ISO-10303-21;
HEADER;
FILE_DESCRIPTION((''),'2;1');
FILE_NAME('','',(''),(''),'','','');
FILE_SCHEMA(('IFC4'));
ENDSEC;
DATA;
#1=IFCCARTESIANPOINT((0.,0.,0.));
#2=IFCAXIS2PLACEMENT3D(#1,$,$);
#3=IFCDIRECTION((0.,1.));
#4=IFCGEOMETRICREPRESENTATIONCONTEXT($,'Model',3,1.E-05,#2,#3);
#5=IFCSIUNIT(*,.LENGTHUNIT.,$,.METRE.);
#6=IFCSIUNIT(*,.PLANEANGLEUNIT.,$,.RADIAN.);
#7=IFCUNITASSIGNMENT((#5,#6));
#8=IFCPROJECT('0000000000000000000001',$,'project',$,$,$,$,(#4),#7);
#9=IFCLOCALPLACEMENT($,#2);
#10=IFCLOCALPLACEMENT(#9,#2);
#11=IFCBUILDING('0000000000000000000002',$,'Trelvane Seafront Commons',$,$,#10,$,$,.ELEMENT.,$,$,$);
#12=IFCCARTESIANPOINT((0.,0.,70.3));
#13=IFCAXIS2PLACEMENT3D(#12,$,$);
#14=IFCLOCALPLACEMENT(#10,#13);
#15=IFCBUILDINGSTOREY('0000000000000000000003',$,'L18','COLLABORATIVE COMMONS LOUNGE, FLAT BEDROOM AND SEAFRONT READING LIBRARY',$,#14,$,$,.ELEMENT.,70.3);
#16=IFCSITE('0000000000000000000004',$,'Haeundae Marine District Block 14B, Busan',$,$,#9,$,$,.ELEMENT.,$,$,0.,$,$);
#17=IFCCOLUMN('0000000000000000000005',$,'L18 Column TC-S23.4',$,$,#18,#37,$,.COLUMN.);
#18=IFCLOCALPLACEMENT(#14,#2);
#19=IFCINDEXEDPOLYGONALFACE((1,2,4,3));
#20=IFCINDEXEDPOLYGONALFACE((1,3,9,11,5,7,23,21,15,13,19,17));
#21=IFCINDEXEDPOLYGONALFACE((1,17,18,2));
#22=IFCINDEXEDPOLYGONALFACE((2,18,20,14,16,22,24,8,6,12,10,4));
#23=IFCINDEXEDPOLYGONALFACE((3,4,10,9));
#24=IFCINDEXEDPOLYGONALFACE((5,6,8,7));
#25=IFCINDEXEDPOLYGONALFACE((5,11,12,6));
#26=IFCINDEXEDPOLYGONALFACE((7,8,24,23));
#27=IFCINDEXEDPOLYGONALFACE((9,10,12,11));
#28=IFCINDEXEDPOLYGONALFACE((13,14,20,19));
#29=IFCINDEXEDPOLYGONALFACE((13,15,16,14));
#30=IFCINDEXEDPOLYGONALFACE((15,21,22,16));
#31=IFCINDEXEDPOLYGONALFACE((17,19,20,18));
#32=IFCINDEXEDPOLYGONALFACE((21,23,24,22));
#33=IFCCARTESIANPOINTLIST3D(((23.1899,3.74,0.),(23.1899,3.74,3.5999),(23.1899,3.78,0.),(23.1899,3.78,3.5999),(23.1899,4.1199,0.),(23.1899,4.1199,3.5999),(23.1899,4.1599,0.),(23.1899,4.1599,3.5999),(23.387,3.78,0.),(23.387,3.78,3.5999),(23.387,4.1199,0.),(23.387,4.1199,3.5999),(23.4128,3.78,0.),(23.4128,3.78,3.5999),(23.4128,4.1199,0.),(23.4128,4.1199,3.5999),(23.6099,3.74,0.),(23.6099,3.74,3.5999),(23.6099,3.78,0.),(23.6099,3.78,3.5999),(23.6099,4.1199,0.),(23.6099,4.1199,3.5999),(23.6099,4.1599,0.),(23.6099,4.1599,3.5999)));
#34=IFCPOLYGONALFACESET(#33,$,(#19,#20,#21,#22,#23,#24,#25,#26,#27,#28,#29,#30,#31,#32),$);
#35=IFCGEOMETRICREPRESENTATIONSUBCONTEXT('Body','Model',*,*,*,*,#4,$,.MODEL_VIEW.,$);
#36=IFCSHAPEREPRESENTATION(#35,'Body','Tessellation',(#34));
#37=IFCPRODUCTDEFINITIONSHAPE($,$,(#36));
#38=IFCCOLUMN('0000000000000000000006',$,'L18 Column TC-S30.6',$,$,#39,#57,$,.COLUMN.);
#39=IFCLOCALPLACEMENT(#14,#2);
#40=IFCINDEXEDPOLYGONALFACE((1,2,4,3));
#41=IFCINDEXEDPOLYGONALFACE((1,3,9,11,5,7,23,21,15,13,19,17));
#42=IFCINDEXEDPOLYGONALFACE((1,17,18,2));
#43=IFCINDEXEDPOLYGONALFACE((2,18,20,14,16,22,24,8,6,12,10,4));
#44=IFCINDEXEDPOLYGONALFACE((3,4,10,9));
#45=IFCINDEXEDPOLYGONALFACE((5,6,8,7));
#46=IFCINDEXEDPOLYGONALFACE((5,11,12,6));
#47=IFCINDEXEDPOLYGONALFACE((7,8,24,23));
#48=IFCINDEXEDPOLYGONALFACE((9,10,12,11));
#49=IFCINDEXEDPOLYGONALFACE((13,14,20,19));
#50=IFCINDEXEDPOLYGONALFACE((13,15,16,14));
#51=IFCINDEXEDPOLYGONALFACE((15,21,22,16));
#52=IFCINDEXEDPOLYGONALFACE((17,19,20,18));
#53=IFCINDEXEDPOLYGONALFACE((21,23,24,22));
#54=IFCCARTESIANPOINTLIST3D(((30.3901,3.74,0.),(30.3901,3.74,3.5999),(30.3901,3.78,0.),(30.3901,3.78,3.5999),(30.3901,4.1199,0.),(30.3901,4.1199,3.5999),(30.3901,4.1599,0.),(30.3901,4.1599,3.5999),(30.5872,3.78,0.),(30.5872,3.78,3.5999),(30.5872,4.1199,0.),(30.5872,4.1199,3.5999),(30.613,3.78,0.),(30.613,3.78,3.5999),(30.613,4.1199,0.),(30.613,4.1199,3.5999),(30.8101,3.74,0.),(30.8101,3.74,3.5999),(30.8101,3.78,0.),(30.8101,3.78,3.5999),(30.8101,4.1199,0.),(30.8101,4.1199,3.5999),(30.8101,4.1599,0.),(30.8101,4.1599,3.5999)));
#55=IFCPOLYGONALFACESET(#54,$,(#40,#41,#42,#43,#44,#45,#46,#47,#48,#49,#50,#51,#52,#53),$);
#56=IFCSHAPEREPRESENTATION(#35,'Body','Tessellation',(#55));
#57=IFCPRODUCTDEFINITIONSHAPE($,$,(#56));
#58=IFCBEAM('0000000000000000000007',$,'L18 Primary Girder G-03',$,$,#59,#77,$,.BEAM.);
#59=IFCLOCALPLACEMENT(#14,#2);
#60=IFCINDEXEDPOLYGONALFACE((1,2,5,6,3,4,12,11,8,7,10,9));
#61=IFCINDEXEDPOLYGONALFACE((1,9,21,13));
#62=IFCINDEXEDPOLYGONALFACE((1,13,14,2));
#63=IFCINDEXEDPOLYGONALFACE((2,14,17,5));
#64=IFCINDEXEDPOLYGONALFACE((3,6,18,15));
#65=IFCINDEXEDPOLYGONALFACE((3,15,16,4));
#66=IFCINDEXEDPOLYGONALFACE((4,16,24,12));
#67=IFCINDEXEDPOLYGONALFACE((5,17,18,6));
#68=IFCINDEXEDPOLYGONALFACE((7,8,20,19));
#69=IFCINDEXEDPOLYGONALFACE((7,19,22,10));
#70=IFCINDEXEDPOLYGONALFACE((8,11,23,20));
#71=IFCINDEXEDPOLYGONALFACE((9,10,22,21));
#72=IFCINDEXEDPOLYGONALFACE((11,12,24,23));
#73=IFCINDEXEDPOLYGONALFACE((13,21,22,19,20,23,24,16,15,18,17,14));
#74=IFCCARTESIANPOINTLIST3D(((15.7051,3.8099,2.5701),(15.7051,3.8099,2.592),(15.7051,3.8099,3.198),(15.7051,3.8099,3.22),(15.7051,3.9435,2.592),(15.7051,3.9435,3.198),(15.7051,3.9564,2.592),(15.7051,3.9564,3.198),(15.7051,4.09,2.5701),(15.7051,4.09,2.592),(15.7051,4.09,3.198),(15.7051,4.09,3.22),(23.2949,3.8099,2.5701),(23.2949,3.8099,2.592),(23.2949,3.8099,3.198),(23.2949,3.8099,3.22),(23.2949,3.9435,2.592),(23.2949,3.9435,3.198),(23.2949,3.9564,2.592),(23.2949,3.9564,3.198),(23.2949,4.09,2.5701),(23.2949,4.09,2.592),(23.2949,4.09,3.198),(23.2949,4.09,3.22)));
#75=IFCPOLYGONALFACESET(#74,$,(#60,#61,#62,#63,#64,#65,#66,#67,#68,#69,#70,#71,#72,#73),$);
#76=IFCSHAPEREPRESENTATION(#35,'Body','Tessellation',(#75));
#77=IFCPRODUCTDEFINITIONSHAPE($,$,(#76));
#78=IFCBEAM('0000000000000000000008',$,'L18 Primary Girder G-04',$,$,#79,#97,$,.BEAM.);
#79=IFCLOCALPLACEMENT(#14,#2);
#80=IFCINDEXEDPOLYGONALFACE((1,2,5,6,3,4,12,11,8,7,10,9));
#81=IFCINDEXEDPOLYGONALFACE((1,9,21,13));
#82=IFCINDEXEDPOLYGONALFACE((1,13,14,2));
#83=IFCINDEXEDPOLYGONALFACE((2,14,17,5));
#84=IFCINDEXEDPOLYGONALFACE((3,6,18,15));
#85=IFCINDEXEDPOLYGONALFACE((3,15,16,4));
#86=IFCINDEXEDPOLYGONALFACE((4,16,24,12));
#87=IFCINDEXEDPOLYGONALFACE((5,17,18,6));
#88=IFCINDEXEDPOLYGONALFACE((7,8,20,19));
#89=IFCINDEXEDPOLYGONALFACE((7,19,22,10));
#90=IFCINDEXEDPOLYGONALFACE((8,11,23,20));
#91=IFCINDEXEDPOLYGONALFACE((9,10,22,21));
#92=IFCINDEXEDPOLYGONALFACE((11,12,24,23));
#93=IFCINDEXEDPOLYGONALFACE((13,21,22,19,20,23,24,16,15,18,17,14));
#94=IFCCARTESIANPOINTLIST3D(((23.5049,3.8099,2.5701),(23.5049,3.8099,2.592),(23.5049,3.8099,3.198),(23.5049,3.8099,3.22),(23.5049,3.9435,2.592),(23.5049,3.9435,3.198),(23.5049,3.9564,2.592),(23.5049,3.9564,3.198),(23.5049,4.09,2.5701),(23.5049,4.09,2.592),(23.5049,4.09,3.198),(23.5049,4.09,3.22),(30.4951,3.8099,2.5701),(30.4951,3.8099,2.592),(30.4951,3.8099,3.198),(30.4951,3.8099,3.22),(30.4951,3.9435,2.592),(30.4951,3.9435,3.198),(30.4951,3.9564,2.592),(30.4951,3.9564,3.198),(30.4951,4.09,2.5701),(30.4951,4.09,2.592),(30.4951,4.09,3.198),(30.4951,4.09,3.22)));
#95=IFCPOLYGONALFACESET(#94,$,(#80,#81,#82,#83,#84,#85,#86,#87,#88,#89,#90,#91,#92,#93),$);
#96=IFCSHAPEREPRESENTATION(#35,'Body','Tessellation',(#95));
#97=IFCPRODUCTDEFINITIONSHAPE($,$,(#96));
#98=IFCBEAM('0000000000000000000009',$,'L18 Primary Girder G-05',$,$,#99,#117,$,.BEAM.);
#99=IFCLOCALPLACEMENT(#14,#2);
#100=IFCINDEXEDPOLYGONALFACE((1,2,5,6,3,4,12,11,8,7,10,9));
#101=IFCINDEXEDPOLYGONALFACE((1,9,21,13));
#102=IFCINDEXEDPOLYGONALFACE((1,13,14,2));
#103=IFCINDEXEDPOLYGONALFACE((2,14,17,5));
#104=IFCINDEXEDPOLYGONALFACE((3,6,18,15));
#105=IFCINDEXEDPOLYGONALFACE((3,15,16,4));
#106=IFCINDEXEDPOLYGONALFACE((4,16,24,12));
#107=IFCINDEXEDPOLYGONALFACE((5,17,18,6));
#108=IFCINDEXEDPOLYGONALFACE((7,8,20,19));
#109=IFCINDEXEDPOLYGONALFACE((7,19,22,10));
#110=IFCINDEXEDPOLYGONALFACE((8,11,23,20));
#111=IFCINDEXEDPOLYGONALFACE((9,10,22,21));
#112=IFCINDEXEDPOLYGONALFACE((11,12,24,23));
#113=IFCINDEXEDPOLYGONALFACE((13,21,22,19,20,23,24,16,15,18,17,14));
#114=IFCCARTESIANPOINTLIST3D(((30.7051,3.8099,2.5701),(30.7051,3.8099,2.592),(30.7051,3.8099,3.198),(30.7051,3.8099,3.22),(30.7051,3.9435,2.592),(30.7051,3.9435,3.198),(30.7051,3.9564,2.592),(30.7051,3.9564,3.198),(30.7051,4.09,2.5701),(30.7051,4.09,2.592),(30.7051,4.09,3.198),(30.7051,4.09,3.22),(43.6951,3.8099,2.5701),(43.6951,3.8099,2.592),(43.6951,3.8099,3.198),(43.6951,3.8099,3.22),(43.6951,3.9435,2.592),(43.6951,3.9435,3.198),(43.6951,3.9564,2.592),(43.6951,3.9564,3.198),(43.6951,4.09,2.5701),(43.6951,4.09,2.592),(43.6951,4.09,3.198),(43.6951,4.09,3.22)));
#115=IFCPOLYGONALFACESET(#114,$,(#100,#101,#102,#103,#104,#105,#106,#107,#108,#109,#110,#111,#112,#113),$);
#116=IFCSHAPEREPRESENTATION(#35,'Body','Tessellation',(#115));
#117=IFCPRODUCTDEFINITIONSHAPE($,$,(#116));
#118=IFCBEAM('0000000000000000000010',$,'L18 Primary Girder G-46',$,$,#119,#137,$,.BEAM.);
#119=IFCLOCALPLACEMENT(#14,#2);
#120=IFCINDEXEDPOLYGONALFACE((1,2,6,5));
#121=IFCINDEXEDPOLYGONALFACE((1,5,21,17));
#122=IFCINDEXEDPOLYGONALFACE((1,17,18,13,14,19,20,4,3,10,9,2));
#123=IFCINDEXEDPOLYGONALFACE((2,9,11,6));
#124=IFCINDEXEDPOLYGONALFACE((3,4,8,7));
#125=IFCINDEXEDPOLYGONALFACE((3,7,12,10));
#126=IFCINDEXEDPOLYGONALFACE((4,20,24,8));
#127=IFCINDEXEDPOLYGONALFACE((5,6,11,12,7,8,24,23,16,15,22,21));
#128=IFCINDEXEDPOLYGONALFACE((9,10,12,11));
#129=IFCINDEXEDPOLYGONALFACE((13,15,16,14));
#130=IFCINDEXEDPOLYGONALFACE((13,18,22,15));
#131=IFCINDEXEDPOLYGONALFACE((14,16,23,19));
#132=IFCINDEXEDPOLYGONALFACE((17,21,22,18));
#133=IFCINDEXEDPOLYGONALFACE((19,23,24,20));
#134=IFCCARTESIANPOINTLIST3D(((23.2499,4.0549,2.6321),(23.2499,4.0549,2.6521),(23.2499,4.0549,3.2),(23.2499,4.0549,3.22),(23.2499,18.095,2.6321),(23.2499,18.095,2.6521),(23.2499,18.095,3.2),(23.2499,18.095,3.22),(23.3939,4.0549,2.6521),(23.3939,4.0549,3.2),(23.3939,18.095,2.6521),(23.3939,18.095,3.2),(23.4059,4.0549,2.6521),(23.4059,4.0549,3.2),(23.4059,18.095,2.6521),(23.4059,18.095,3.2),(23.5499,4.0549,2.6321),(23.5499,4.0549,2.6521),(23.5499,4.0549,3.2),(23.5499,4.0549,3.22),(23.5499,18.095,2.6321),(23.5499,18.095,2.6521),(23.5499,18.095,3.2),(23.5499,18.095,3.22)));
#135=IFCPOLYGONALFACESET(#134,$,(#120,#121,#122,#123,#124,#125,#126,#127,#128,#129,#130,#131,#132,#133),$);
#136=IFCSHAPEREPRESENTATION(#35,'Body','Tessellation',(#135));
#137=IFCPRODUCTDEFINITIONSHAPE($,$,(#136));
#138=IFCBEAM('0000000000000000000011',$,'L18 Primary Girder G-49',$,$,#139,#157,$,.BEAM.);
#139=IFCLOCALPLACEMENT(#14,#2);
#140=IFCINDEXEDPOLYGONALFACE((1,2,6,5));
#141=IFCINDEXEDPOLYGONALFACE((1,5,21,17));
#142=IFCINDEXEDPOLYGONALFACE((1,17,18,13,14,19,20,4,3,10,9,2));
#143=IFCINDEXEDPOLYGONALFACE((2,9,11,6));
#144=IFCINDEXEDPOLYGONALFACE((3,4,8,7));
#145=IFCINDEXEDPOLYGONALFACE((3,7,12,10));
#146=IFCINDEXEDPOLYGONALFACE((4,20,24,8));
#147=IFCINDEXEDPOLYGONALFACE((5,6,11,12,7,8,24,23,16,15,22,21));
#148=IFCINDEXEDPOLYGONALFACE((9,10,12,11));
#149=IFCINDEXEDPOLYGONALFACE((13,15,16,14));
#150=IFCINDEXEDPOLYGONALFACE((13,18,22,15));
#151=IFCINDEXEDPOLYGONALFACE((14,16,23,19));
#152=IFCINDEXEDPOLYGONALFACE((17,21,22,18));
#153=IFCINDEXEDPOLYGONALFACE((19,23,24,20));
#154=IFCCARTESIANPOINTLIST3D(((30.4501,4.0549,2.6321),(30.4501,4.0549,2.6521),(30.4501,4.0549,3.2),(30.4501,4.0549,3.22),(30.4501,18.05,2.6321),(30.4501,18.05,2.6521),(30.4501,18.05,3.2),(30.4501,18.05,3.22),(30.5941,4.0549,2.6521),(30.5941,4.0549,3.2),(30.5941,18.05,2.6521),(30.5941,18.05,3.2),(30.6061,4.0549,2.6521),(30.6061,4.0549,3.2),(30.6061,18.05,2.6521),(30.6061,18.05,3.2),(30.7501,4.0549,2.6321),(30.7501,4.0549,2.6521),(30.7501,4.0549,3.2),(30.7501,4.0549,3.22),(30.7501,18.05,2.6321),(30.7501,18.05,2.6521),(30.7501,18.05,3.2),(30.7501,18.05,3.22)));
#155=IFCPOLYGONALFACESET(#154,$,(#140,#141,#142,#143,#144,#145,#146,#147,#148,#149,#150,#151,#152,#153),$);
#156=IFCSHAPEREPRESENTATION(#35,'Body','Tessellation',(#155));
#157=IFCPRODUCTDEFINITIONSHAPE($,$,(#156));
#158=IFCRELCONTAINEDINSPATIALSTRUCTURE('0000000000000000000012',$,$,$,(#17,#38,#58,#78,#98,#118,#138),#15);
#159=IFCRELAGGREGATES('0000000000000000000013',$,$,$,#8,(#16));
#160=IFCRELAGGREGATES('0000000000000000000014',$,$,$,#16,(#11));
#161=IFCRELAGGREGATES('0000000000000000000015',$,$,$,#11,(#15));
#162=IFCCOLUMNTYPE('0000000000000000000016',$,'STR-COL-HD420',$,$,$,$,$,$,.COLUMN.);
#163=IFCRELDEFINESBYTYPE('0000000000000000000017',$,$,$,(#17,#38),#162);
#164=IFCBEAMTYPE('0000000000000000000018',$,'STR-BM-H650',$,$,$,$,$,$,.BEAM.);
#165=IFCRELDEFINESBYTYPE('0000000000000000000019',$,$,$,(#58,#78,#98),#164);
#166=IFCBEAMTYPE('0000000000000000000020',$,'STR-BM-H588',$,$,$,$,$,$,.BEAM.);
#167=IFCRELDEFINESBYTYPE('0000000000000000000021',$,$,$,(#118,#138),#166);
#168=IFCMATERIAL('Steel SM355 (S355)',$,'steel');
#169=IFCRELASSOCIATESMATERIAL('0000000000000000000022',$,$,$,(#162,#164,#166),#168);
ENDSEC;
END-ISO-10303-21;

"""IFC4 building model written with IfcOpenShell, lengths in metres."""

from ifc_helpers import new_model, si_unit, direction, frame, origin, origin_2d, place, context, subcontext, project, spatial, i_section, extrude, source, transform, mapped, material, material_profile, profile_set, type_object, element, save


model = new_model("IFC4")

# Units and contexts
model_context = context("Model", 3, precision=1e-05, world=origin(), true_north=direction((0.0, 1.0)))
body_context = subcontext(model_context, "Body", "Model", "MODEL_VIEW")
ifc_project = project(units=[si_unit("LENGTHUNIT", "METRE"), si_unit("PLANEANGLEUNIT", "RADIAN")], contexts=[model_context])

# Site, building, storey
site_placement = place(None, origin())
site = spatial("IfcSite", under=ifc_project, at=site_placement, Name="Haeundae Marine District Block 14B, Busan", CompositionType="ELEMENT", RefElevation=0.0)
building_placement = place(site_placement, origin())
building = spatial("IfcBuilding", under=site, at=building_placement, Name="Trelvane Seafront Commons", CompositionType="ELEMENT")
storey_placement = place(building_placement, frame((0.0, 0.0, 70.3)))
storey = spatial("IfcBuildingStorey", under=building, at=storey_placement, Name="L18", Description="COLLABORATIVE COMMONS LOUNGE, FLAT BEDROOM AND SEAFRONT READING LIBRARY", CompositionType="ELEMENT", Elevation=70.3)

# Columns
ifc_material_1 = material(Name="Steel SM355 (S355)", Category="steel")
ifc_material_profile_1 = material_profile(ifc_material_1, i_section(OverallWidth=0.4199, OverallDepth=0.4199, WebThickness=0.0259, FlangeThickness=0.04, at=origin_2d()), Name="HD-420x420x26x40")
ifc_profile_set_1 = profile_set([ifc_material_profile_1], Name="Steel SM355 (S355)")
column_type = type_object("IfcColumnType", Name="STR-COL-HD420", PredefinedType="COLUMN", material=ifc_profile_set_1)
shared_shape_1 = source(origin(), body_context, "Body", "SweptSolid", [
    extrude(i_section(OverallWidth=0.4199, OverallDepth=0.4199, WebThickness=0.0259, FlangeThickness=0.04, at=origin_2d()), origin(), (0.0, 0.0, 1.0), 3.5999),
])
for number, where, z_axis, x_axis, name in (
    (1, (23.3999, 3.95, 0.0), (0.0, 0.0, 1.0), (1.0, 0.0, 0.0), "L18 Column TC-S23.4"),
    (2, (30.6001, 3.95, 0.0), (0.0, 0.0, 1.0), (1.0, 0.0, 0.0), "L18 Column TC-S30.6"),
):
    element("IfcColumn", number, at=place(storey_placement, frame(where, z_axis=z_axis, x_axis=x_axis)), inside=storey, type_object=column_type, Name=name, PredefinedType="COLUMN", context=body_context, shape_type="MappedRepresentation", body=[
        mapped(shared_shape_1, transform((0.0, 0.0, 0.0), x_axis=(1.0, 0.0, 0.0), y_axis=(0.0, 1.0, 0.0), z_axis=(0.0, 0.0, 1.0), scale=1.0)),
    ])

# Beams
ifc_material_profile_2 = material_profile(ifc_material_1, i_section(OverallWidth=0.28, OverallDepth=0.6499, WebThickness=0.0129, FlangeThickness=0.022, at=origin_2d()), Name="H-650x280x13x22")
ifc_profile_set_2 = profile_set([ifc_material_profile_2], Name="Steel SM355 (S355)")
beam_type_1 = type_object("IfcBeamType", Name="STR-BM-H650", PredefinedType="BEAM", material=ifc_profile_set_2)
shared_shape_2 = source(origin(), body_context, "Body", "SweptSolid", [
    extrude(i_section(OverallWidth=0.28, OverallDepth=0.6499, WebThickness=0.0129, FlangeThickness=0.022, at=origin_2d()), origin(), (0.0, 0.0, 1.0), 7.5898),
])
beam_1_placement = place(storey_placement, frame((15.7051, 3.95, 2.895), z_axis=(1.0, 0.0, 0.0), x_axis=(0.0, 1.0, 0.0)))
element("IfcBeam", 3, at=beam_1_placement, inside=storey, type_object=beam_type_1, Name="L18 Primary Girder G-03", PredefinedType="BEAM", context=body_context, shape_type="MappedRepresentation", body=[
    mapped(shared_shape_2, transform((0.0, 0.0, 0.0), x_axis=(1.0, 0.0, 0.0), y_axis=(0.0, 1.0, 0.0), z_axis=(0.0, 0.0, 1.0), scale=1.0)),
])
shared_shape_3 = source(origin(), body_context, "Body", "SweptSolid", [
    extrude(i_section(OverallWidth=0.28, OverallDepth=0.6499, WebThickness=0.0129, FlangeThickness=0.022, at=origin_2d()), origin(), (0.0, 0.0, 1.0), 6.9902),
])
beam_2_placement = place(storey_placement, frame((23.5049, 3.95, 2.895), z_axis=(1.0, 0.0, 0.0), x_axis=(0.0, 1.0, 0.0)))
element("IfcBeam", 4, at=beam_2_placement, inside=storey, type_object=beam_type_1, Name="L18 Primary Girder G-04", PredefinedType="BEAM", context=body_context, shape_type="MappedRepresentation", body=[
    mapped(shared_shape_3, transform((0.0, 0.0, 0.0), x_axis=(1.0, 0.0, 0.0), y_axis=(0.0, 1.0, 0.0), z_axis=(0.0, 0.0, 1.0), scale=1.0)),
])
shared_shape_4 = source(origin(), body_context, "Body", "SweptSolid", [
    extrude(i_section(OverallWidth=0.28, OverallDepth=0.6499, WebThickness=0.0129, FlangeThickness=0.022, at=origin_2d()), origin(), (0.0, 0.0, 1.0), 12.99),
])
beam_3_placement = place(storey_placement, frame((30.7051, 3.95, 2.895), z_axis=(1.0, 0.0, 0.0), x_axis=(0.0, 1.0, 0.0)))
element("IfcBeam", 5, at=beam_3_placement, inside=storey, type_object=beam_type_1, Name="L18 Primary Girder G-05", PredefinedType="BEAM", context=body_context, shape_type="MappedRepresentation", body=[
    mapped(shared_shape_4, transform((0.0, 0.0, 0.0), x_axis=(1.0, 0.0, 0.0), y_axis=(0.0, 1.0, 0.0), z_axis=(0.0, 0.0, 1.0), scale=1.0)),
])
ifc_material_profile_3 = material_profile(ifc_material_1, i_section(OverallWidth=0.3, OverallDepth=0.5879, WebThickness=0.012, FlangeThickness=0.02, at=origin_2d()), Name="H-588x300x12x20")
ifc_profile_set_3 = profile_set([ifc_material_profile_3], Name="Steel SM355 (S355)")
beam_type_2 = type_object("IfcBeamType", Name="STR-BM-H588", PredefinedType="BEAM", material=ifc_profile_set_3)
shared_shape_5 = source(origin(), body_context, "Body", "SweptSolid", [
    extrude(i_section(OverallWidth=0.3, OverallDepth=0.5879, WebThickness=0.012, FlangeThickness=0.02, at=origin_2d()), origin(), (0.0, 0.0, 1.0), 14.04),
])
beam_4_placement = place(storey_placement, frame((23.3999, 4.0549, 2.926), z_axis=(0.0, 1.0, 0.0), x_axis=(-1.0, 0.0, 0.0)))
element("IfcBeam", 6, at=beam_4_placement, inside=storey, type_object=beam_type_2, Name="L18 Primary Girder G-46", PredefinedType="BEAM", context=body_context, shape_type="MappedRepresentation", body=[
    mapped(shared_shape_5, transform((0.0, 0.0, 0.0), x_axis=(1.0, 0.0, 0.0), y_axis=(0.0, 1.0, 0.0), z_axis=(0.0, 0.0, 1.0), scale=1.0)),
])
shared_shape_6 = source(origin(), body_context, "Body", "SweptSolid", [
    extrude(i_section(OverallWidth=0.3, OverallDepth=0.5879, WebThickness=0.012, FlangeThickness=0.02, at=origin_2d()), origin(), (0.0, 0.0, 1.0), 13.9951),
])
beam_5_placement = place(storey_placement, frame((30.6001, 4.0549, 2.926), z_axis=(0.0, 1.0, 0.0), x_axis=(-1.0, 0.0, 0.0)))
element("IfcBeam", 7, at=beam_5_placement, inside=storey, type_object=beam_type_2, Name="L18 Primary Girder G-49", PredefinedType="BEAM", context=body_context, shape_type="MappedRepresentation", body=[
    mapped(shared_shape_6, transform((0.0, 0.0, 0.0), x_axis=(1.0, 0.0, 0.0), y_axis=(0.0, 1.0, 0.0), z_axis=(0.0, 0.0, 1.0), scale=1.0)),
])

save(model, "model.ifc")
